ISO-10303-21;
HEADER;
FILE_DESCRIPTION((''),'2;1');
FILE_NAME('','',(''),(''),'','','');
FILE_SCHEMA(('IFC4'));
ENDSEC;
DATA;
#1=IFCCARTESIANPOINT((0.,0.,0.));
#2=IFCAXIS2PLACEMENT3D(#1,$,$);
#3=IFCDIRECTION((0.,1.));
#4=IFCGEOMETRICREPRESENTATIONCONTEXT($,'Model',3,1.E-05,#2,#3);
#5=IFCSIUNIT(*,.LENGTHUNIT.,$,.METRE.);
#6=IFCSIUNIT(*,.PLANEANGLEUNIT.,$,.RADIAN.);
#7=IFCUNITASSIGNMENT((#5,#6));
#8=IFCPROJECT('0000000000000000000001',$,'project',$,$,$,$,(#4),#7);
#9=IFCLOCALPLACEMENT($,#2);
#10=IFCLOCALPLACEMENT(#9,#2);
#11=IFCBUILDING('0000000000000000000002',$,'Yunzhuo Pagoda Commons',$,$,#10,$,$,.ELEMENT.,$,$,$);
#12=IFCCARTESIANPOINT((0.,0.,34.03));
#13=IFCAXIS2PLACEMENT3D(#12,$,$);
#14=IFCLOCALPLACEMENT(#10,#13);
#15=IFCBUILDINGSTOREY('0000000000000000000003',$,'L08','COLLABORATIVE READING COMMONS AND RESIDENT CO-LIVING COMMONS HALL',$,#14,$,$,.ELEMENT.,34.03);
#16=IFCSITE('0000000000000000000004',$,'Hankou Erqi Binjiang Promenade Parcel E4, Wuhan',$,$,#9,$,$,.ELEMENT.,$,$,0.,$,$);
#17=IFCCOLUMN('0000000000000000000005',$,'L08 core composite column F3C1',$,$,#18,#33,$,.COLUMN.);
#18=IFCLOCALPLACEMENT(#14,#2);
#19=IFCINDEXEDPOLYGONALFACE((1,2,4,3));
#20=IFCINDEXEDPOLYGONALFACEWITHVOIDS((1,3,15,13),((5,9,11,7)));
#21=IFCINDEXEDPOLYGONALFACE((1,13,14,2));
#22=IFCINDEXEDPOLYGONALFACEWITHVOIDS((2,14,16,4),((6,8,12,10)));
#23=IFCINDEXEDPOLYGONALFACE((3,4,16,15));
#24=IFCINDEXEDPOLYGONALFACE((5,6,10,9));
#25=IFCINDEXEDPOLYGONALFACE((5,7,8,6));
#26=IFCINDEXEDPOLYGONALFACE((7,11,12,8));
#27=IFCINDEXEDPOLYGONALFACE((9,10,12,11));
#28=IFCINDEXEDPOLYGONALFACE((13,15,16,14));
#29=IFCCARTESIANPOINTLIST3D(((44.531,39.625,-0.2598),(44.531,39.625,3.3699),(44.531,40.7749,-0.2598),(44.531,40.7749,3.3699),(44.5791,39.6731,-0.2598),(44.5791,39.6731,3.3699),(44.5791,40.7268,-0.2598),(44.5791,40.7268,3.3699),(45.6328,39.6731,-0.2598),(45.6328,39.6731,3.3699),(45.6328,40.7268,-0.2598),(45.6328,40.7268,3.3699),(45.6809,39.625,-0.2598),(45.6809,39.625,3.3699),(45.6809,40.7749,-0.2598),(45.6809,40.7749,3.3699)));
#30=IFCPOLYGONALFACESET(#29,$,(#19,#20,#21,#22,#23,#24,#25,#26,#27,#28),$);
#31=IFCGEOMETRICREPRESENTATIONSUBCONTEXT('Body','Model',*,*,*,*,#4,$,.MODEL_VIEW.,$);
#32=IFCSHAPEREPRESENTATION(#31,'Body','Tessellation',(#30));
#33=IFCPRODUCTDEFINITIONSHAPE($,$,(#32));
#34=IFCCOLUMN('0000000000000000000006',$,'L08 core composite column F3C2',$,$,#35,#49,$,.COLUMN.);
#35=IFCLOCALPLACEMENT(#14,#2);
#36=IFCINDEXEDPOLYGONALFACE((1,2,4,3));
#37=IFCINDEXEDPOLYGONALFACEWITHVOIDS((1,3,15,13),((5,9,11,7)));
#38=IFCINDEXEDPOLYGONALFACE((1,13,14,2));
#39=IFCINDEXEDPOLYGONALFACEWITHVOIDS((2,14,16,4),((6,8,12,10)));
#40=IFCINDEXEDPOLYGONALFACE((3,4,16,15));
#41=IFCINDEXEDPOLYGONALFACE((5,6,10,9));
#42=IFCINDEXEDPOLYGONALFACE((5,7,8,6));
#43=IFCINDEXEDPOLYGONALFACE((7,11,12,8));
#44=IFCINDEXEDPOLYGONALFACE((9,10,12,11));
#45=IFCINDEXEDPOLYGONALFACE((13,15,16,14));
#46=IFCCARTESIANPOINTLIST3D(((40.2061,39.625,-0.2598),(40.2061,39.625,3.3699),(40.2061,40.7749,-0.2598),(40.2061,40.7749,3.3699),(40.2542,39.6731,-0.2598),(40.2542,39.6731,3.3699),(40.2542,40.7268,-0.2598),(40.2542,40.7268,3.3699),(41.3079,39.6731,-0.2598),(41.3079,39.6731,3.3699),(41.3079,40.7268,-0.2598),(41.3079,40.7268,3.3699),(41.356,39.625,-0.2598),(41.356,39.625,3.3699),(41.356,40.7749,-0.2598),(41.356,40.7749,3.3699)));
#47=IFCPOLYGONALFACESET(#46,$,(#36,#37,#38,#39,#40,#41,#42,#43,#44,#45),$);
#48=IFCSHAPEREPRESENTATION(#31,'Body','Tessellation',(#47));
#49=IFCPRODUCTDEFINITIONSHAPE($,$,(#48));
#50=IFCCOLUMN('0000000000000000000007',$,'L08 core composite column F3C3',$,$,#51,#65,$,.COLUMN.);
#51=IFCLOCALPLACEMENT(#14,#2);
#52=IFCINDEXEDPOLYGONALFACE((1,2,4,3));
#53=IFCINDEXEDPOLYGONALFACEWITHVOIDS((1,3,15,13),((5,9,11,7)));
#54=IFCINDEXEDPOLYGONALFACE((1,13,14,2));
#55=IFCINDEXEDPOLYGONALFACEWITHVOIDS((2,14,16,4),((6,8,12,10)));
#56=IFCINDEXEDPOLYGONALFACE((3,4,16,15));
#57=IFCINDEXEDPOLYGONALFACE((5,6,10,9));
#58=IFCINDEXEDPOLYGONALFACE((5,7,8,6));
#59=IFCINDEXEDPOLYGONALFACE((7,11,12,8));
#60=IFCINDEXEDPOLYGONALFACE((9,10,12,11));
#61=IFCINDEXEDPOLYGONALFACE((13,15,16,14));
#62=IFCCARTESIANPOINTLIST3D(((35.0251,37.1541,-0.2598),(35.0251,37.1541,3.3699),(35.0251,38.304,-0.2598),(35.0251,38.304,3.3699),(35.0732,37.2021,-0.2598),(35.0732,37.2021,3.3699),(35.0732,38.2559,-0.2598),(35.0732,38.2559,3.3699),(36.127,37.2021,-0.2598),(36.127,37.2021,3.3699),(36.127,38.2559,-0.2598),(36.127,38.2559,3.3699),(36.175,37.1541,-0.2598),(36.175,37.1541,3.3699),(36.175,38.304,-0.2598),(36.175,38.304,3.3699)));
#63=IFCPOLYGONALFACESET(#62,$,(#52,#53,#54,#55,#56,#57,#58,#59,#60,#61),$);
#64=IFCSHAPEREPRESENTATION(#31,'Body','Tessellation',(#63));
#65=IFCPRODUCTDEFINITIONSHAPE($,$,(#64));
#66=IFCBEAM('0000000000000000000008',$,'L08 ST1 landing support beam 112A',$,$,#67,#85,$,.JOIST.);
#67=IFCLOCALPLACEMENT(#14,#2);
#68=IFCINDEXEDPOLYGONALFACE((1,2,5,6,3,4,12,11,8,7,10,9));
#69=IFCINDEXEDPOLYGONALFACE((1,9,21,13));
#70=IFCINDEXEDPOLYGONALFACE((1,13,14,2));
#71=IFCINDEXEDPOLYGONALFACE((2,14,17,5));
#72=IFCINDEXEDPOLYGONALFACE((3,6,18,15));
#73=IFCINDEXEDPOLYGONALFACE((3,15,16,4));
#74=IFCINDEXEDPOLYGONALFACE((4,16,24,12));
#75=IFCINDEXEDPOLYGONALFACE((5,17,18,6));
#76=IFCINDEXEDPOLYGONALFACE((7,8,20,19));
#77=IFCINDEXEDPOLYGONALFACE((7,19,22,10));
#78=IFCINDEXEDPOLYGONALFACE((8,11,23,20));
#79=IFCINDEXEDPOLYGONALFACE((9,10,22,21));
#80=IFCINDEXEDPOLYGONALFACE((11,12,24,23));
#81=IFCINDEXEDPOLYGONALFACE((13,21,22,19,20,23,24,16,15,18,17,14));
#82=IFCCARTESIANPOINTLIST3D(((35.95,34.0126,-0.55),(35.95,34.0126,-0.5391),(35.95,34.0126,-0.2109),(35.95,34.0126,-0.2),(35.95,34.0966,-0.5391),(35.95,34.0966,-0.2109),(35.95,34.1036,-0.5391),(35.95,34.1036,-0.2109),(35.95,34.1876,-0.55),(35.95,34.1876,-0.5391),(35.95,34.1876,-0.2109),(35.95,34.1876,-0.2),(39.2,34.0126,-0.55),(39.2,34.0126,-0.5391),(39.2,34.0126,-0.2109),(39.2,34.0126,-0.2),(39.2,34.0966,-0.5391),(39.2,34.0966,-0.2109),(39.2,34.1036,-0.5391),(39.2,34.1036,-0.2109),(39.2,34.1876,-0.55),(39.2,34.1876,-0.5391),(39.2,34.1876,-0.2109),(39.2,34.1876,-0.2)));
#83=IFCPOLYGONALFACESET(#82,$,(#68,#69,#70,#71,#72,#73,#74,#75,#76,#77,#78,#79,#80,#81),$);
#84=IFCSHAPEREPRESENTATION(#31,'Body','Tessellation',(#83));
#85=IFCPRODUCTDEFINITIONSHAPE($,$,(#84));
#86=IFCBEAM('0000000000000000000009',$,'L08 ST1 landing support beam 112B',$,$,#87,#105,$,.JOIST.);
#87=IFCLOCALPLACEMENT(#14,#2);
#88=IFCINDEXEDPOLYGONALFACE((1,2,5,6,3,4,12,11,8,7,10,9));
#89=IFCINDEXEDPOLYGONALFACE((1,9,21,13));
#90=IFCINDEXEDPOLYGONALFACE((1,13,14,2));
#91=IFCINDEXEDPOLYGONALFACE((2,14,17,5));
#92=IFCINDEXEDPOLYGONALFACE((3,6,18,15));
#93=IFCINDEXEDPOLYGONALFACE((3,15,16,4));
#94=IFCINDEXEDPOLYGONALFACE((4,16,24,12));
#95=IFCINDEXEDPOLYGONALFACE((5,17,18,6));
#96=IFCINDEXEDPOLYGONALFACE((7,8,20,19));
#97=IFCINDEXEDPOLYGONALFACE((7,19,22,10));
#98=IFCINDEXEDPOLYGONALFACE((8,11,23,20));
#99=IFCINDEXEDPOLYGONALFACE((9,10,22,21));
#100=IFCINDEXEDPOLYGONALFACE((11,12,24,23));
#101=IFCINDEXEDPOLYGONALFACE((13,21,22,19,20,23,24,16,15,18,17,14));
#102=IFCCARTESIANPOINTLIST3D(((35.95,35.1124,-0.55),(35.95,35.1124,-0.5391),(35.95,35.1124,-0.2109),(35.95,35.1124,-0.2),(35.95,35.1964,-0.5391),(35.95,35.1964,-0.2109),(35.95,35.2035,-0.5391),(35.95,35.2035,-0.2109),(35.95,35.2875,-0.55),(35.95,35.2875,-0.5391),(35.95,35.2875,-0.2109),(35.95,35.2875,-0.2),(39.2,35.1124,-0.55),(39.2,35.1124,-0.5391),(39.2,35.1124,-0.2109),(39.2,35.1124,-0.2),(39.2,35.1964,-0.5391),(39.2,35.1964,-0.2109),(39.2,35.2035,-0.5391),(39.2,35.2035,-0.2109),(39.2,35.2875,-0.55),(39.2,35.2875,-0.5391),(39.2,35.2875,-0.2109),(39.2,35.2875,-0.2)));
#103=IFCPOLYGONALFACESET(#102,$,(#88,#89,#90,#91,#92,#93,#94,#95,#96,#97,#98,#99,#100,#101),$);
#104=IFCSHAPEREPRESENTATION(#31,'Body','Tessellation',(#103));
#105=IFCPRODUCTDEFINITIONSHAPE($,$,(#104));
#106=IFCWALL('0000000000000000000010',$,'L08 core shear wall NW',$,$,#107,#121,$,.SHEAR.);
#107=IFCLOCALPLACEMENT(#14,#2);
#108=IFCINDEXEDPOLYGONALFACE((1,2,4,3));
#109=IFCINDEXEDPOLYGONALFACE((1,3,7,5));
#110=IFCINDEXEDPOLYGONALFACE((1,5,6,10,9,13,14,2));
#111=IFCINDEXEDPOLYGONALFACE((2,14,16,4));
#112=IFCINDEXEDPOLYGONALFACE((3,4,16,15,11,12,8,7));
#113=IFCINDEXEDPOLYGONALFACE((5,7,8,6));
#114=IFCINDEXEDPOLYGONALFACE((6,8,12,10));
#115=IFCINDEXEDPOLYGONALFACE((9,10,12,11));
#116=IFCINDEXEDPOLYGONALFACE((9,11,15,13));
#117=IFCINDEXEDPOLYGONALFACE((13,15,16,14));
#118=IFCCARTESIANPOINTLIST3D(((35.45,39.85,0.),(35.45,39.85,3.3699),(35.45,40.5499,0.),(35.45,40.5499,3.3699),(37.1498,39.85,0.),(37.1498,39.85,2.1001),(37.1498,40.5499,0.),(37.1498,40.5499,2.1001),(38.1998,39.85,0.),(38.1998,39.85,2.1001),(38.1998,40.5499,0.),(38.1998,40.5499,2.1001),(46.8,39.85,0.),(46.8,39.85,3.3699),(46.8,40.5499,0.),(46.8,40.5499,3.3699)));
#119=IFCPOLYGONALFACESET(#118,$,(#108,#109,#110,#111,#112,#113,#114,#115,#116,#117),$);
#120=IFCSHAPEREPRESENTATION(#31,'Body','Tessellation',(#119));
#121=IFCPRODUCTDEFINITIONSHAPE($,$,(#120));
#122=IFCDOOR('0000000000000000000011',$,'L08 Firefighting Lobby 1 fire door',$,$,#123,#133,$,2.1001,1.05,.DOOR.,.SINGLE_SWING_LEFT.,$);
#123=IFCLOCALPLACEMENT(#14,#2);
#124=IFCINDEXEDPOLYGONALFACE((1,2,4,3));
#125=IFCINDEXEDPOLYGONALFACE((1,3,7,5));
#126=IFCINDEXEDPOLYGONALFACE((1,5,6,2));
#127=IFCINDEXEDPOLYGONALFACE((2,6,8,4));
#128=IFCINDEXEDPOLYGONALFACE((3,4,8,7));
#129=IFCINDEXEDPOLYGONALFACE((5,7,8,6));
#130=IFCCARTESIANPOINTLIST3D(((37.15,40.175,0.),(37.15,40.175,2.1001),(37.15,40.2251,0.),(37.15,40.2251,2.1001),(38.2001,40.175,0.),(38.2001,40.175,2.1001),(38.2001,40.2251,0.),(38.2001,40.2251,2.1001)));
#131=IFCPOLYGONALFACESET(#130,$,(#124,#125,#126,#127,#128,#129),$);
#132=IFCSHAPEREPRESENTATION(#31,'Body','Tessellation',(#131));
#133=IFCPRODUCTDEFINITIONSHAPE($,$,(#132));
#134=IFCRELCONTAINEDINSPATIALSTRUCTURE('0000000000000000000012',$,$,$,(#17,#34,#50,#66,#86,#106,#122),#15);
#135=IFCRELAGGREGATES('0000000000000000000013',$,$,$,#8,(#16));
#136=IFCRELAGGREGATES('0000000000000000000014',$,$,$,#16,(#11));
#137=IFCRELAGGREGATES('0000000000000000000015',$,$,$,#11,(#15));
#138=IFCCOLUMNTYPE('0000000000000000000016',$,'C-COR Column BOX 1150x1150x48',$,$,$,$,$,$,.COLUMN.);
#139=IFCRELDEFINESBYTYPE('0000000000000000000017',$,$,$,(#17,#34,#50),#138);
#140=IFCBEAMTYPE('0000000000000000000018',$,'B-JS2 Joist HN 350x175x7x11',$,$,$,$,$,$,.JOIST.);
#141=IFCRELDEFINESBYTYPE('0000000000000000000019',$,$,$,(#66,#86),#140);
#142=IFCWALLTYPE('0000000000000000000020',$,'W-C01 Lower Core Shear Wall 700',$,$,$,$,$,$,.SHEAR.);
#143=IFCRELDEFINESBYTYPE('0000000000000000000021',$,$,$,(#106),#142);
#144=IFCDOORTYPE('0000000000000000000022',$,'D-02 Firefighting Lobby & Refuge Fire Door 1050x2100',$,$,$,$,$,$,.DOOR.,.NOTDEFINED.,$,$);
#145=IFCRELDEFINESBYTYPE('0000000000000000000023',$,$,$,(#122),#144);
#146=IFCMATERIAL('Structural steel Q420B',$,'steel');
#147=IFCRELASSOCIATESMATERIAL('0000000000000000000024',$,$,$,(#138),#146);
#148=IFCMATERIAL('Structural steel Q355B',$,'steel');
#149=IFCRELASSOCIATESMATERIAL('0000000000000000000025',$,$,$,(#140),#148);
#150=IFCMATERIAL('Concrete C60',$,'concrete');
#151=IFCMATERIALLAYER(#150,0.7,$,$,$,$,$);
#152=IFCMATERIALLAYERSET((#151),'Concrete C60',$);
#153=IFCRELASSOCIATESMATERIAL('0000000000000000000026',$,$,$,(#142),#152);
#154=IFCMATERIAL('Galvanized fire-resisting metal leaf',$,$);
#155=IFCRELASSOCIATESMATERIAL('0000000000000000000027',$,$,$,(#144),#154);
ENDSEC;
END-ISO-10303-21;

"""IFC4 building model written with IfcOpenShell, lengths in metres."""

from ifc_helpers import new_model, si_unit, direction, frame, frame_2d, origin, origin_2d, place, context, subcontext, project, spatial, rectangle, hollow_rectangle, i_section, extrude, source, transform, mapped, material, layer, layer_set, material_profile, profile_set, type_object, element, fill, save


model = new_model("IFC4")

# Units and contexts
model_context = context("Model", 3, precision=1e-05, world=origin(), true_north=direction((0.0, 1.0)))
body_context = subcontext(model_context, "Body", "Model", "MODEL_VIEW")
ifc_project = project(units=[si_unit("LENGTHUNIT", "METRE"), si_unit("PLANEANGLEUNIT", "RADIAN")], contexts=[model_context])

# Site, building, storey
site_placement = place(None, origin())
site = spatial("IfcSite", under=ifc_project, at=site_placement, Name="Hankou Erqi Binjiang Promenade Parcel E4, Wuhan", CompositionType="ELEMENT", RefElevation=0.0)
building_placement = place(site_placement, origin())
building = spatial("IfcBuilding", under=site, at=building_placement, Name="Yunzhuo Pagoda Commons", CompositionType="ELEMENT")
storey_placement = place(building_placement, frame((0.0, 0.0, 34.03)))
storey = spatial("IfcBuildingStorey", under=building, at=storey_placement, Name="L08", Description="COLLABORATIVE READING COMMONS AND RESIDENT CO-LIVING COMMONS HALL", CompositionType="ELEMENT", Elevation=34.03)

# Columns
ifc_material_1 = material(Name="Structural steel Q420B", Category="steel")
ifc_material_profile_1 = material_profile(ifc_material_1, hollow_rectangle(XDim=1.1499, YDim=1.1499, WallThickness=0.0481, at=origin_2d()), Name="Structural steel Q420B")
ifc_profile_set_1 = profile_set([ifc_material_profile_1], Name="Structural steel Q420B")
column_type = type_object("IfcColumnType", Name="C-COR Column BOX 1150x1150x48", PredefinedType="COLUMN", material=ifc_profile_set_1)
shared_shape_1 = source(origin(), body_context, "Body", "SweptSolid", [
    extrude(hollow_rectangle(XDim=1.1499, YDim=1.1499, WallThickness=0.0481, at=origin_2d()), origin(), (0.0, 0.0, 1.0), 3.6296),
])
for number, where, z_axis, x_axis, name in (
    (1, (45.106, 40.2, -0.2598), (0.0, 0.0, 1.0), (1.0, 0.0, 0.0), "L08 core composite column F3C1"),
    (2, (40.781, 40.2, -0.2598), (0.0, 0.0, 1.0), (1.0, 0.0, 0.0), "L08 core composite column F3C2"),
    (3, (35.6001, 37.729, -0.2598), (0.0, 0.0, 1.0), (1.0, 0.0, 0.0), "L08 core composite column F3C3"),
):
    element("IfcColumn", number, at=place(storey_placement, frame(where, z_axis=z_axis, x_axis=x_axis)), inside=storey, type_object=column_type, Name=name, PredefinedType="COLUMN", context=body_context, shape_type="MappedRepresentation", body=[
        mapped(shared_shape_1, transform((0.0, 0.0, 0.0), scale=1.0)),
    ])

# Beams
ifc_material_2 = material(Name="Structural steel Q355B", Category="steel")
ifc_material_profile_2 = material_profile(ifc_material_2, i_section(OverallWidth=0.175, OverallDepth=0.3501, WebThickness=0.0071, FlangeThickness=0.011, at=origin_2d()), Name="Structural steel Q355B")
ifc_profile_set_2 = profile_set([ifc_material_profile_2], Name="Structural steel Q355B")
beam_type = type_object("IfcBeamType", Name="B-JS2 Joist HN 350x175x7x11", PredefinedType="JOIST", material=ifc_profile_set_2)
shared_shape_2 = source(origin(), body_context, "Body", "SweptSolid", [
    extrude(i_section(OverallWidth=0.175, OverallDepth=0.3501, WebThickness=0.0071, FlangeThickness=0.011, at=origin_2d()), origin(), (0.0, 0.0, 1.0), 3.25),
])
for number, where, z_axis, x_axis, name in (
    (4, (35.95, 34.1001, -0.375), (1.0, 0.0, 0.0), (0.0, 1.0, 0.0), "L08 ST1 landing support beam 112A"),
    (5, (35.95, 35.2, -0.375), (1.0, 0.0, 0.0), (0.0, 1.0, 0.0), "L08 ST1 landing support beam 112B"),
):
    element("IfcBeam", number, at=place(storey_placement, frame(where, z_axis=z_axis, x_axis=x_axis)), inside=storey, type_object=beam_type, Name=name, PredefinedType="JOIST", context=body_context, shape_type="MappedRepresentation", body=[
        mapped(shared_shape_2, transform((0.0, 0.0, 0.0), scale=1.0)),
    ])

# Wall, opening, door
ifc_material_3 = material(Name="Concrete C60", Category="concrete")
ifc_layer_1 = layer(ifc_material_3, 0.7)
ifc_layer_set_1 = layer_set([ifc_layer_1], Name="Concrete C60")
wall_type_1 = type_object("IfcWallType", Name="W-C01 Lower Core Shear Wall 700", PredefinedType="SHEAR", material=ifc_layer_set_1)
wall_1_placement = place(storey_placement, frame((35.45, 40.2, 0.0), z_axis=(0.0, 0.0, 1.0), x_axis=(1.0, 0.0, 0.0)))
wall_1 = element("IfcWall", 6, at=wall_1_placement, inside=storey, type_object=wall_type_1, Name="L08 core shear wall NW", PredefinedType="SHEAR", context=body_context, shape_type="SweptSolid", body=[
    extrude(rectangle(XDim=11.3501, YDim=0.7, at=frame_2d((5.675, 0.0))), origin(), (0.0, 0.0, 1.0), 3.3699),
])
opening_1_placement = place(wall_1_placement, frame((1.7, 0.0, 0.0)))
opening_1 = element("IfcOpeningElement", 7, at=opening_1_placement, cuts=wall_1, PredefinedType="OPENING", context=body_context, shape_type="SweptSolid", body=[
    extrude(rectangle(XDim=1.05, YDim=2.1001, at=frame_2d((0.5249, 1.05))), frame((0.0, 0.3599, 0.0), z_axis=(0.0, -1.0, 0.0), x_axis=(1.0, 0.0, 0.0)), (0.0, 0.0, 1.0), 0.72),
])
ifc_material_4 = material(Name="Galvanized fire-resisting metal leaf")
door_type_1 = type_object("IfcDoorType", Name="D-02 Firefighting Lobby & Refuge Fire Door 1050x2100", OperationType="NOTDEFINED", PredefinedType="DOOR", material=ifc_material_4)
shared_shape_3 = source(origin(), body_context, "Body", "SweptSolid", [
    extrude(rectangle(XDim=1.05, YDim=2.1001, at=frame_2d((0.5249, 1.05))), frame((0.0, 0.0249, 0.0), z_axis=(0.0, -1.0, 0.0), x_axis=(1.0, 0.0, 0.0)), (0.0, 0.0, 1.0), 0.05),
])
door_1_placement = place(opening_1_placement, frame((1.05, 0.0, 0.0), z_axis=(0.0, 0.0, 1.0), x_axis=(-1.0, 0.0, 0.0)))
door_1 = element("IfcDoor", 8, at=door_1_placement, inside=storey, type_object=door_type_1, Name="L08 Firefighting Lobby 1 fire door", OperationType="SINGLE_SWING_LEFT", OverallHeight=2.1001, OverallWidth=1.05, PredefinedType="DOOR", context=body_context, shape_type="MappedRepresentation", body=[
    mapped(shared_shape_3, transform((0.0, 0.0, 0.0), scale=1.0)),
])
fill(opening_1, door_1)

save(model, "model.ifc")
